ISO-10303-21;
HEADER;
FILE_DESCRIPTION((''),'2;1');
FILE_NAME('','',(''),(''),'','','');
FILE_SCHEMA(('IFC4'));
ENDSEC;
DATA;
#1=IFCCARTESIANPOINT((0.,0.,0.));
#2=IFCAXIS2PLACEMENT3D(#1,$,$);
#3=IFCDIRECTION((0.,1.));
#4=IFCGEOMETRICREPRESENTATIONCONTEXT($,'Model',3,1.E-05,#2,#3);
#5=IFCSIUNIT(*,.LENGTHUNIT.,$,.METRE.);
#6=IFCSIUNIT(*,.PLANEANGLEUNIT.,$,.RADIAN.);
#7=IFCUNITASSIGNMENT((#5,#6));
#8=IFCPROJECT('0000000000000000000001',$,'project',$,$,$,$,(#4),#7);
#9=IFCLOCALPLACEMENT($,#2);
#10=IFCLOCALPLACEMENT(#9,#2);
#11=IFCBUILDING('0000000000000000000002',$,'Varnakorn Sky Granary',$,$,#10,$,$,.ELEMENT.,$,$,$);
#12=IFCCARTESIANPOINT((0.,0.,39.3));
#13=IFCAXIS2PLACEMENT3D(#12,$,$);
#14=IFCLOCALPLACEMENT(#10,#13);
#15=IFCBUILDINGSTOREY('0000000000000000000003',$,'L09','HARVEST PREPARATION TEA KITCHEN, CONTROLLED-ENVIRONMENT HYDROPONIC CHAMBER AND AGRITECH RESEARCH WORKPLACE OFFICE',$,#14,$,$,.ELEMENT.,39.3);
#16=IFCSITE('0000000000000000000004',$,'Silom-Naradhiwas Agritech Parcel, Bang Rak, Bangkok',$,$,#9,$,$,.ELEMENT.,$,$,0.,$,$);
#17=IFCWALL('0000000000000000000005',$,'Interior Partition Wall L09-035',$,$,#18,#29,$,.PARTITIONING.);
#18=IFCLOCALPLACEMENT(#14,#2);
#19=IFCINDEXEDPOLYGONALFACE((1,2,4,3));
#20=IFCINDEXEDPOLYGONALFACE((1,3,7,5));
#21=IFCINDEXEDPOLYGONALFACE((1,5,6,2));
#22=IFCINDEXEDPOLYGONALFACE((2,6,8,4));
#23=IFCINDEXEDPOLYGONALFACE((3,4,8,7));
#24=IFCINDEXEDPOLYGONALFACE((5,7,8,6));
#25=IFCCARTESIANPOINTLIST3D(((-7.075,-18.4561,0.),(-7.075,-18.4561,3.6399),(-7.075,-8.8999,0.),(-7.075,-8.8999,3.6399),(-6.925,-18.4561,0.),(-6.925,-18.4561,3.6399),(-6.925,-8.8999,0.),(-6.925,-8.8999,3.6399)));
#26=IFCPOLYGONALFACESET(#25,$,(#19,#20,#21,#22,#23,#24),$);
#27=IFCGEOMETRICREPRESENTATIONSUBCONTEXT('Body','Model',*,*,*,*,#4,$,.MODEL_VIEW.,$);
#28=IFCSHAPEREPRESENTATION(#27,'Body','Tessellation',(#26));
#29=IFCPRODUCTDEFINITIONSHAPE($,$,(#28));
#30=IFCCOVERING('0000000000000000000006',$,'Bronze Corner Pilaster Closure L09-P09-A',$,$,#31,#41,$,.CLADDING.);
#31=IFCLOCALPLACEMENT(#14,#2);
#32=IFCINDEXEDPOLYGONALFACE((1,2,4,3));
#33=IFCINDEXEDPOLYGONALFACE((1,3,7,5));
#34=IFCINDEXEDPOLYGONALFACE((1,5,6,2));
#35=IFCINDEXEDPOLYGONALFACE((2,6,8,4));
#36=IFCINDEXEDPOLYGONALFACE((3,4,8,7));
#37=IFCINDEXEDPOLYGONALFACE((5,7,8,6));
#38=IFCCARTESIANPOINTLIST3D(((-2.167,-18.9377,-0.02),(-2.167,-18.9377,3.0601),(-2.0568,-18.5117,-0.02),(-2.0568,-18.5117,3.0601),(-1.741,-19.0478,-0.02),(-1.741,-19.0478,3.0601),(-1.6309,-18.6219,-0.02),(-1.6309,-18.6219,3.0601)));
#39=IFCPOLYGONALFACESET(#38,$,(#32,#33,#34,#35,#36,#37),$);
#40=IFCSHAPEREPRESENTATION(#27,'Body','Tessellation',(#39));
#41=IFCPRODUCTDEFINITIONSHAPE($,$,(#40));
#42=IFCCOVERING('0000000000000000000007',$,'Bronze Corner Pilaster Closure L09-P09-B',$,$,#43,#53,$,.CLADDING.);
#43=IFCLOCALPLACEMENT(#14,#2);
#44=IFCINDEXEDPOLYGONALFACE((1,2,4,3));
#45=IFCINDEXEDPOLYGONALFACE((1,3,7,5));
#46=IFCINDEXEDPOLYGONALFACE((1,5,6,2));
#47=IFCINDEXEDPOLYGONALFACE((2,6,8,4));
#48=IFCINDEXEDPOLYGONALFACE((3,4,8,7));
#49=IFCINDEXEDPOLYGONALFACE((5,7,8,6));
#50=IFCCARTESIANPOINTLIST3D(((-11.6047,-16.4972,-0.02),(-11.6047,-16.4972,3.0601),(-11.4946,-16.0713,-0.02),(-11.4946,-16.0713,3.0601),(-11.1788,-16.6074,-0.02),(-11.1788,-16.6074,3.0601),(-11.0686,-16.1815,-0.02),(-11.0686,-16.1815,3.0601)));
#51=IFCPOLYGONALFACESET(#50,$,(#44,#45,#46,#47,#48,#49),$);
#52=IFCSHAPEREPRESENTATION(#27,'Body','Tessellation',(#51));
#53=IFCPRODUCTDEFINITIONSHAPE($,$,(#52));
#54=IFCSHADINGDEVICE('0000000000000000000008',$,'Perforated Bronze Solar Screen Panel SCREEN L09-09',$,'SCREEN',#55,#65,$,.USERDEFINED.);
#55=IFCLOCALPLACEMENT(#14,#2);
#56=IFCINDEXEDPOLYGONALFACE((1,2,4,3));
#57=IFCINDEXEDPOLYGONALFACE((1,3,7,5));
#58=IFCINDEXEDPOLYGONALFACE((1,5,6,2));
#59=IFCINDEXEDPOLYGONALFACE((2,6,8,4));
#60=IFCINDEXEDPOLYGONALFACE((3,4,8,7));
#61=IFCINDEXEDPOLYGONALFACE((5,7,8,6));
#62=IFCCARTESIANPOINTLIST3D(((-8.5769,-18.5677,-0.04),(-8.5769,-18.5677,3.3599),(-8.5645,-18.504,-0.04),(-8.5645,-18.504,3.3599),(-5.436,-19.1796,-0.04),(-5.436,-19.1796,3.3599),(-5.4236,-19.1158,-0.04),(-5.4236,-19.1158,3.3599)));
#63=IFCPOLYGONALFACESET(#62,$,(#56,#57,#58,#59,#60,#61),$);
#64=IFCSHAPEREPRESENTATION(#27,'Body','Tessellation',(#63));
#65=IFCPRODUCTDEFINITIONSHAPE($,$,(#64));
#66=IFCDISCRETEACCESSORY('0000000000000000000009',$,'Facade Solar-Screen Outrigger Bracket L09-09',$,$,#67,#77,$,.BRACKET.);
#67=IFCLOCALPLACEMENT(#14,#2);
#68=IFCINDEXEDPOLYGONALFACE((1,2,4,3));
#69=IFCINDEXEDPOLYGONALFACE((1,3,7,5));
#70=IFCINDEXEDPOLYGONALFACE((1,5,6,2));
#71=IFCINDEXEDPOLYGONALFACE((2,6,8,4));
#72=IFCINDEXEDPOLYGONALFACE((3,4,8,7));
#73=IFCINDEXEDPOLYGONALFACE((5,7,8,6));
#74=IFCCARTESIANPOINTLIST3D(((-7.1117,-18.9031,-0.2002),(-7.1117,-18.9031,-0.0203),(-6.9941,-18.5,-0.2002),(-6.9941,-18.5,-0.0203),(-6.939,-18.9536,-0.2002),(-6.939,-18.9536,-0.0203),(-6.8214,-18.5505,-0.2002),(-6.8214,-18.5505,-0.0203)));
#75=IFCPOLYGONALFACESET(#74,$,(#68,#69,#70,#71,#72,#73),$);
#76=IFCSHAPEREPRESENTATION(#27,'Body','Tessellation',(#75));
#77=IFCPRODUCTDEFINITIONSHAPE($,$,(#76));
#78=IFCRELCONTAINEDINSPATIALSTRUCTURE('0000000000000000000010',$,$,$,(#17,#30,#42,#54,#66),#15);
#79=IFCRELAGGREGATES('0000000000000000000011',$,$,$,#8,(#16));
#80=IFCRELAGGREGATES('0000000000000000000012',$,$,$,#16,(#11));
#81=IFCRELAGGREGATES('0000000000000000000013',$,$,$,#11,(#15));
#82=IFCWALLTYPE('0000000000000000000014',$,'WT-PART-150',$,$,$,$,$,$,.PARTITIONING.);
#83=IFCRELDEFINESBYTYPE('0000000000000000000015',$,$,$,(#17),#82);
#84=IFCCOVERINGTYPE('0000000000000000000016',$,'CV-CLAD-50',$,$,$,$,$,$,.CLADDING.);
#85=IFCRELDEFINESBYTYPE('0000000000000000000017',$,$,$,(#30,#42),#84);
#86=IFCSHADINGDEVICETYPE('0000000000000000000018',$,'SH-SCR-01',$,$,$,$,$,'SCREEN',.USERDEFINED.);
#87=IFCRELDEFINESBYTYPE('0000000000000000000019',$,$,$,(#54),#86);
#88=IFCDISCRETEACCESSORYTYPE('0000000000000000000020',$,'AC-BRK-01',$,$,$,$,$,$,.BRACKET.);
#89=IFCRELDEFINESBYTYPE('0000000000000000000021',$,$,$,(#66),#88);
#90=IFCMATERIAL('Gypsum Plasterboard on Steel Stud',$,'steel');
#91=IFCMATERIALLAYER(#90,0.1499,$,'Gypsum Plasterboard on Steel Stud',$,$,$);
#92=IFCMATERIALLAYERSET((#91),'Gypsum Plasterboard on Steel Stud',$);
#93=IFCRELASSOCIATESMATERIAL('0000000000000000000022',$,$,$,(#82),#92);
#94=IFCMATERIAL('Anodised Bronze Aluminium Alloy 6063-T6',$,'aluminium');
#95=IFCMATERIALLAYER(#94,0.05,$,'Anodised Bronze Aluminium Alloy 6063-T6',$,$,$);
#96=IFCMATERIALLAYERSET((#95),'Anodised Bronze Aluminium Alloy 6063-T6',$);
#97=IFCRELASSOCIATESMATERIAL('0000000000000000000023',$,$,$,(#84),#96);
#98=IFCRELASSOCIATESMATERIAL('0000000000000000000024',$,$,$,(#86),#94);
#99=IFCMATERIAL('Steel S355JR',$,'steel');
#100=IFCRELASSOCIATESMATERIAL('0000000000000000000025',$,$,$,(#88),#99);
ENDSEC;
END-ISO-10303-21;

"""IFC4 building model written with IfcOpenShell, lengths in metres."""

from ifc_helpers import new_model, si_unit, direction, frame, frame_2d, origin, origin_2d, place, context, subcontext, project, spatial, rectangle, extrude, source, transform, mapped, material, layer, layer_set, type_object, type_shapes, element, save


model = new_model("IFC4")

# Units and contexts
model_context = context("Model", 3, precision=1e-05, world=origin(), true_north=direction((0.0, 1.0)))
body_context = subcontext(model_context, "Body", "Model", "MODEL_VIEW")
ifc_project = project(units=[si_unit("LENGTHUNIT", "METRE"), si_unit("PLANEANGLEUNIT", "RADIAN")], contexts=[model_context])

# Site, building, storey
site_placement = place(None, origin())
site = spatial("IfcSite", under=ifc_project, at=site_placement, Name="Silom-Naradhiwas Agritech Parcel, Bang Rak, Bangkok", CompositionType="ELEMENT", RefElevation=0.0)
building_placement = place(site_placement, origin())
building = spatial("IfcBuilding", under=site, at=building_placement, Name="Varnakorn Sky Granary", CompositionType="ELEMENT")
storey_placement = place(building_placement, frame((0.0, 0.0, 39.3)))
storey = spatial("IfcBuildingStorey", under=building, at=storey_placement, Name="L09", Description="HARVEST PREPARATION TEA KITCHEN, CONTROLLED-ENVIRONMENT HYDROPONIC CHAMBER AND AGRITECH RESEARCH WORKPLACE OFFICE", CompositionType="ELEMENT", Elevation=39.3)

# Shared definitions
ifc_material_1 = material(Name="Steel S355JR", Category="steel")

# Shared definitions
ifc_material_2 = material(Name="Anodised Bronze Aluminium Alloy 6063-T6", Category="aluminium")

# Wall
ifc_material_3 = material(Name="Gypsum Plasterboard on Steel Stud", Category="steel")
ifc_layer_1 = layer(ifc_material_3, 0.1499, Name="Gypsum Plasterboard on Steel Stud")
ifc_layer_set_1 = layer_set([ifc_layer_1], Name="Gypsum Plasterboard on Steel Stud")
wall_type_1 = type_object("IfcWallType", Name="WT-PART-150", PredefinedType="PARTITIONING", material=ifc_layer_set_1)
wall_1_placement = place(storey_placement, frame((-7.0, -18.4561, 0.0), z_axis=(0.0, 0.0, 1.0), x_axis=(0.0, 1.0, 0.0)))
element("IfcWall", 1, at=wall_1_placement, inside=storey, type_object=wall_type_1, Name="Interior Partition Wall L09-035", PredefinedType="PARTITIONING", context=body_context, shape_type="SweptSolid", body=[
    extrude(rectangle(XDim=9.5562, YDim=0.1499, at=frame_2d((4.7781, 0.0))), origin(), (0.0, 0.0, 1.0), 3.6399),
])

# Coverings
ifc_layer_2 = layer(ifc_material_2, 0.05, Name="Anodised Bronze Aluminium Alloy 6063-T6")
ifc_layer_set_2 = layer_set([ifc_layer_2], Name="Anodised Bronze Aluminium Alloy 6063-T6")
covering_type = type_object("IfcCoveringType", Name="CV-CLAD-50", PredefinedType="CLADDING", material=ifc_layer_set_2)
shared_shape_1 = source(origin(), body_context, "Body", "SweptSolid", [
    extrude(rectangle(XDim=0.4399, YDim=0.4399, at=origin_2d()), origin(), (0.0, 0.0, 1.0), 3.0801),
])
type_shapes(covering_type, [shared_shape_1])
for number, where, z_axis, x_axis, name in (
    (2, (-1.8989, -18.7798, -0.02), (0.0, 0.0, 1.0), (-0.968148, 0.25038, 0.0), "Bronze Corner Pilaster Closure L09-P09-A"),
    (3, (-11.3367, -16.3394, -0.02), (0.0, 0.0, 1.0), (-0.968148, 0.25038, 0.0), "Bronze Corner Pilaster Closure L09-P09-B"),
):
    element("IfcCovering", number, at=place(storey_placement, frame(where, z_axis=z_axis, x_axis=x_axis)), inside=storey, type_object=covering_type, Name=name, PredefinedType="CLADDING", context=body_context, shape_type="MappedRepresentation", body=[
        mapped(shared_shape_1, transform((0.0, 0.0, 0.0), x_axis=(1.0, 0.0, 0.0), y_axis=(0.0, 1.0, 0.0), z_axis=(0.0, 0.0, 1.0), scale=1.0)),
    ])

# Shading device
shading_device_type = type_object("IfcShadingDeviceType", Name="SH-SCR-01", ElementType="SCREEN", PredefinedType="USERDEFINED", material=ifc_material_2)
shared_shape_2 = source(origin(), body_context, "Body", "SweptSolid", [
    extrude(rectangle(XDim=3.2, YDim=0.0649, at=origin_2d()), origin(), (0.0, 0.0, 1.0), 3.3999),
])
type_shapes(shading_device_type, [shared_shape_2])
shading_device_placement = place(storey_placement, frame((-7.0002, -18.8418, -0.04), z_axis=(0.0, 0.0, 1.0), x_axis=(0.98155, -0.191205, 0.0)))
element("IfcShadingDevice", 4, at=shading_device_placement, inside=storey, type_object=shading_device_type, Name="Perforated Bronze Solar Screen Panel SCREEN L09-09", ObjectType="SCREEN", PredefinedType="USERDEFINED", context=body_context, shape_type="MappedRepresentation", body=[
    mapped(shared_shape_2, transform((0.0, 0.0, 0.0), x_axis=(1.0, 0.0, 0.0), y_axis=(0.0, 1.0, 0.0), z_axis=(0.0, 0.0, 1.0), scale=1.0)),
])

# Discrete accessory
discrete_accessory_type = type_object("IfcDiscreteAccessoryType", Name="AC-BRK-01", PredefinedType="BRACKET", material=ifc_material_1)
shared_shape_3 = source(origin(), body_context, "Body", "SweptSolid", [
    extrude(rectangle(XDim=0.1799, YDim=0.4199, at=origin_2d()), origin(), (0.0, 0.0, 1.0), 0.1799),
])
type_shapes(discrete_accessory_type, [shared_shape_3])
discrete_accessory_placement = place(storey_placement, frame((-6.9666, -18.7268, -0.2002), z_axis=(0.0, 0.0, 1.0), x_axis=(0.959937, -0.280216, 0.0)))
element("IfcDiscreteAccessory", 5, at=discrete_accessory_placement, inside=storey, type_object=discrete_accessory_type, Name="Facade Solar-Screen Outrigger Bracket L09-09", PredefinedType="BRACKET", context=body_context, shape_type="MappedRepresentation", body=[
    mapped(shared_shape_3, transform((0.0, 0.0, 0.0), x_axis=(1.0, 0.0, 0.0), y_axis=(0.0, 1.0, 0.0), z_axis=(0.0, 0.0, 1.0), scale=1.0)),
])

save(model, "model.ifc")
